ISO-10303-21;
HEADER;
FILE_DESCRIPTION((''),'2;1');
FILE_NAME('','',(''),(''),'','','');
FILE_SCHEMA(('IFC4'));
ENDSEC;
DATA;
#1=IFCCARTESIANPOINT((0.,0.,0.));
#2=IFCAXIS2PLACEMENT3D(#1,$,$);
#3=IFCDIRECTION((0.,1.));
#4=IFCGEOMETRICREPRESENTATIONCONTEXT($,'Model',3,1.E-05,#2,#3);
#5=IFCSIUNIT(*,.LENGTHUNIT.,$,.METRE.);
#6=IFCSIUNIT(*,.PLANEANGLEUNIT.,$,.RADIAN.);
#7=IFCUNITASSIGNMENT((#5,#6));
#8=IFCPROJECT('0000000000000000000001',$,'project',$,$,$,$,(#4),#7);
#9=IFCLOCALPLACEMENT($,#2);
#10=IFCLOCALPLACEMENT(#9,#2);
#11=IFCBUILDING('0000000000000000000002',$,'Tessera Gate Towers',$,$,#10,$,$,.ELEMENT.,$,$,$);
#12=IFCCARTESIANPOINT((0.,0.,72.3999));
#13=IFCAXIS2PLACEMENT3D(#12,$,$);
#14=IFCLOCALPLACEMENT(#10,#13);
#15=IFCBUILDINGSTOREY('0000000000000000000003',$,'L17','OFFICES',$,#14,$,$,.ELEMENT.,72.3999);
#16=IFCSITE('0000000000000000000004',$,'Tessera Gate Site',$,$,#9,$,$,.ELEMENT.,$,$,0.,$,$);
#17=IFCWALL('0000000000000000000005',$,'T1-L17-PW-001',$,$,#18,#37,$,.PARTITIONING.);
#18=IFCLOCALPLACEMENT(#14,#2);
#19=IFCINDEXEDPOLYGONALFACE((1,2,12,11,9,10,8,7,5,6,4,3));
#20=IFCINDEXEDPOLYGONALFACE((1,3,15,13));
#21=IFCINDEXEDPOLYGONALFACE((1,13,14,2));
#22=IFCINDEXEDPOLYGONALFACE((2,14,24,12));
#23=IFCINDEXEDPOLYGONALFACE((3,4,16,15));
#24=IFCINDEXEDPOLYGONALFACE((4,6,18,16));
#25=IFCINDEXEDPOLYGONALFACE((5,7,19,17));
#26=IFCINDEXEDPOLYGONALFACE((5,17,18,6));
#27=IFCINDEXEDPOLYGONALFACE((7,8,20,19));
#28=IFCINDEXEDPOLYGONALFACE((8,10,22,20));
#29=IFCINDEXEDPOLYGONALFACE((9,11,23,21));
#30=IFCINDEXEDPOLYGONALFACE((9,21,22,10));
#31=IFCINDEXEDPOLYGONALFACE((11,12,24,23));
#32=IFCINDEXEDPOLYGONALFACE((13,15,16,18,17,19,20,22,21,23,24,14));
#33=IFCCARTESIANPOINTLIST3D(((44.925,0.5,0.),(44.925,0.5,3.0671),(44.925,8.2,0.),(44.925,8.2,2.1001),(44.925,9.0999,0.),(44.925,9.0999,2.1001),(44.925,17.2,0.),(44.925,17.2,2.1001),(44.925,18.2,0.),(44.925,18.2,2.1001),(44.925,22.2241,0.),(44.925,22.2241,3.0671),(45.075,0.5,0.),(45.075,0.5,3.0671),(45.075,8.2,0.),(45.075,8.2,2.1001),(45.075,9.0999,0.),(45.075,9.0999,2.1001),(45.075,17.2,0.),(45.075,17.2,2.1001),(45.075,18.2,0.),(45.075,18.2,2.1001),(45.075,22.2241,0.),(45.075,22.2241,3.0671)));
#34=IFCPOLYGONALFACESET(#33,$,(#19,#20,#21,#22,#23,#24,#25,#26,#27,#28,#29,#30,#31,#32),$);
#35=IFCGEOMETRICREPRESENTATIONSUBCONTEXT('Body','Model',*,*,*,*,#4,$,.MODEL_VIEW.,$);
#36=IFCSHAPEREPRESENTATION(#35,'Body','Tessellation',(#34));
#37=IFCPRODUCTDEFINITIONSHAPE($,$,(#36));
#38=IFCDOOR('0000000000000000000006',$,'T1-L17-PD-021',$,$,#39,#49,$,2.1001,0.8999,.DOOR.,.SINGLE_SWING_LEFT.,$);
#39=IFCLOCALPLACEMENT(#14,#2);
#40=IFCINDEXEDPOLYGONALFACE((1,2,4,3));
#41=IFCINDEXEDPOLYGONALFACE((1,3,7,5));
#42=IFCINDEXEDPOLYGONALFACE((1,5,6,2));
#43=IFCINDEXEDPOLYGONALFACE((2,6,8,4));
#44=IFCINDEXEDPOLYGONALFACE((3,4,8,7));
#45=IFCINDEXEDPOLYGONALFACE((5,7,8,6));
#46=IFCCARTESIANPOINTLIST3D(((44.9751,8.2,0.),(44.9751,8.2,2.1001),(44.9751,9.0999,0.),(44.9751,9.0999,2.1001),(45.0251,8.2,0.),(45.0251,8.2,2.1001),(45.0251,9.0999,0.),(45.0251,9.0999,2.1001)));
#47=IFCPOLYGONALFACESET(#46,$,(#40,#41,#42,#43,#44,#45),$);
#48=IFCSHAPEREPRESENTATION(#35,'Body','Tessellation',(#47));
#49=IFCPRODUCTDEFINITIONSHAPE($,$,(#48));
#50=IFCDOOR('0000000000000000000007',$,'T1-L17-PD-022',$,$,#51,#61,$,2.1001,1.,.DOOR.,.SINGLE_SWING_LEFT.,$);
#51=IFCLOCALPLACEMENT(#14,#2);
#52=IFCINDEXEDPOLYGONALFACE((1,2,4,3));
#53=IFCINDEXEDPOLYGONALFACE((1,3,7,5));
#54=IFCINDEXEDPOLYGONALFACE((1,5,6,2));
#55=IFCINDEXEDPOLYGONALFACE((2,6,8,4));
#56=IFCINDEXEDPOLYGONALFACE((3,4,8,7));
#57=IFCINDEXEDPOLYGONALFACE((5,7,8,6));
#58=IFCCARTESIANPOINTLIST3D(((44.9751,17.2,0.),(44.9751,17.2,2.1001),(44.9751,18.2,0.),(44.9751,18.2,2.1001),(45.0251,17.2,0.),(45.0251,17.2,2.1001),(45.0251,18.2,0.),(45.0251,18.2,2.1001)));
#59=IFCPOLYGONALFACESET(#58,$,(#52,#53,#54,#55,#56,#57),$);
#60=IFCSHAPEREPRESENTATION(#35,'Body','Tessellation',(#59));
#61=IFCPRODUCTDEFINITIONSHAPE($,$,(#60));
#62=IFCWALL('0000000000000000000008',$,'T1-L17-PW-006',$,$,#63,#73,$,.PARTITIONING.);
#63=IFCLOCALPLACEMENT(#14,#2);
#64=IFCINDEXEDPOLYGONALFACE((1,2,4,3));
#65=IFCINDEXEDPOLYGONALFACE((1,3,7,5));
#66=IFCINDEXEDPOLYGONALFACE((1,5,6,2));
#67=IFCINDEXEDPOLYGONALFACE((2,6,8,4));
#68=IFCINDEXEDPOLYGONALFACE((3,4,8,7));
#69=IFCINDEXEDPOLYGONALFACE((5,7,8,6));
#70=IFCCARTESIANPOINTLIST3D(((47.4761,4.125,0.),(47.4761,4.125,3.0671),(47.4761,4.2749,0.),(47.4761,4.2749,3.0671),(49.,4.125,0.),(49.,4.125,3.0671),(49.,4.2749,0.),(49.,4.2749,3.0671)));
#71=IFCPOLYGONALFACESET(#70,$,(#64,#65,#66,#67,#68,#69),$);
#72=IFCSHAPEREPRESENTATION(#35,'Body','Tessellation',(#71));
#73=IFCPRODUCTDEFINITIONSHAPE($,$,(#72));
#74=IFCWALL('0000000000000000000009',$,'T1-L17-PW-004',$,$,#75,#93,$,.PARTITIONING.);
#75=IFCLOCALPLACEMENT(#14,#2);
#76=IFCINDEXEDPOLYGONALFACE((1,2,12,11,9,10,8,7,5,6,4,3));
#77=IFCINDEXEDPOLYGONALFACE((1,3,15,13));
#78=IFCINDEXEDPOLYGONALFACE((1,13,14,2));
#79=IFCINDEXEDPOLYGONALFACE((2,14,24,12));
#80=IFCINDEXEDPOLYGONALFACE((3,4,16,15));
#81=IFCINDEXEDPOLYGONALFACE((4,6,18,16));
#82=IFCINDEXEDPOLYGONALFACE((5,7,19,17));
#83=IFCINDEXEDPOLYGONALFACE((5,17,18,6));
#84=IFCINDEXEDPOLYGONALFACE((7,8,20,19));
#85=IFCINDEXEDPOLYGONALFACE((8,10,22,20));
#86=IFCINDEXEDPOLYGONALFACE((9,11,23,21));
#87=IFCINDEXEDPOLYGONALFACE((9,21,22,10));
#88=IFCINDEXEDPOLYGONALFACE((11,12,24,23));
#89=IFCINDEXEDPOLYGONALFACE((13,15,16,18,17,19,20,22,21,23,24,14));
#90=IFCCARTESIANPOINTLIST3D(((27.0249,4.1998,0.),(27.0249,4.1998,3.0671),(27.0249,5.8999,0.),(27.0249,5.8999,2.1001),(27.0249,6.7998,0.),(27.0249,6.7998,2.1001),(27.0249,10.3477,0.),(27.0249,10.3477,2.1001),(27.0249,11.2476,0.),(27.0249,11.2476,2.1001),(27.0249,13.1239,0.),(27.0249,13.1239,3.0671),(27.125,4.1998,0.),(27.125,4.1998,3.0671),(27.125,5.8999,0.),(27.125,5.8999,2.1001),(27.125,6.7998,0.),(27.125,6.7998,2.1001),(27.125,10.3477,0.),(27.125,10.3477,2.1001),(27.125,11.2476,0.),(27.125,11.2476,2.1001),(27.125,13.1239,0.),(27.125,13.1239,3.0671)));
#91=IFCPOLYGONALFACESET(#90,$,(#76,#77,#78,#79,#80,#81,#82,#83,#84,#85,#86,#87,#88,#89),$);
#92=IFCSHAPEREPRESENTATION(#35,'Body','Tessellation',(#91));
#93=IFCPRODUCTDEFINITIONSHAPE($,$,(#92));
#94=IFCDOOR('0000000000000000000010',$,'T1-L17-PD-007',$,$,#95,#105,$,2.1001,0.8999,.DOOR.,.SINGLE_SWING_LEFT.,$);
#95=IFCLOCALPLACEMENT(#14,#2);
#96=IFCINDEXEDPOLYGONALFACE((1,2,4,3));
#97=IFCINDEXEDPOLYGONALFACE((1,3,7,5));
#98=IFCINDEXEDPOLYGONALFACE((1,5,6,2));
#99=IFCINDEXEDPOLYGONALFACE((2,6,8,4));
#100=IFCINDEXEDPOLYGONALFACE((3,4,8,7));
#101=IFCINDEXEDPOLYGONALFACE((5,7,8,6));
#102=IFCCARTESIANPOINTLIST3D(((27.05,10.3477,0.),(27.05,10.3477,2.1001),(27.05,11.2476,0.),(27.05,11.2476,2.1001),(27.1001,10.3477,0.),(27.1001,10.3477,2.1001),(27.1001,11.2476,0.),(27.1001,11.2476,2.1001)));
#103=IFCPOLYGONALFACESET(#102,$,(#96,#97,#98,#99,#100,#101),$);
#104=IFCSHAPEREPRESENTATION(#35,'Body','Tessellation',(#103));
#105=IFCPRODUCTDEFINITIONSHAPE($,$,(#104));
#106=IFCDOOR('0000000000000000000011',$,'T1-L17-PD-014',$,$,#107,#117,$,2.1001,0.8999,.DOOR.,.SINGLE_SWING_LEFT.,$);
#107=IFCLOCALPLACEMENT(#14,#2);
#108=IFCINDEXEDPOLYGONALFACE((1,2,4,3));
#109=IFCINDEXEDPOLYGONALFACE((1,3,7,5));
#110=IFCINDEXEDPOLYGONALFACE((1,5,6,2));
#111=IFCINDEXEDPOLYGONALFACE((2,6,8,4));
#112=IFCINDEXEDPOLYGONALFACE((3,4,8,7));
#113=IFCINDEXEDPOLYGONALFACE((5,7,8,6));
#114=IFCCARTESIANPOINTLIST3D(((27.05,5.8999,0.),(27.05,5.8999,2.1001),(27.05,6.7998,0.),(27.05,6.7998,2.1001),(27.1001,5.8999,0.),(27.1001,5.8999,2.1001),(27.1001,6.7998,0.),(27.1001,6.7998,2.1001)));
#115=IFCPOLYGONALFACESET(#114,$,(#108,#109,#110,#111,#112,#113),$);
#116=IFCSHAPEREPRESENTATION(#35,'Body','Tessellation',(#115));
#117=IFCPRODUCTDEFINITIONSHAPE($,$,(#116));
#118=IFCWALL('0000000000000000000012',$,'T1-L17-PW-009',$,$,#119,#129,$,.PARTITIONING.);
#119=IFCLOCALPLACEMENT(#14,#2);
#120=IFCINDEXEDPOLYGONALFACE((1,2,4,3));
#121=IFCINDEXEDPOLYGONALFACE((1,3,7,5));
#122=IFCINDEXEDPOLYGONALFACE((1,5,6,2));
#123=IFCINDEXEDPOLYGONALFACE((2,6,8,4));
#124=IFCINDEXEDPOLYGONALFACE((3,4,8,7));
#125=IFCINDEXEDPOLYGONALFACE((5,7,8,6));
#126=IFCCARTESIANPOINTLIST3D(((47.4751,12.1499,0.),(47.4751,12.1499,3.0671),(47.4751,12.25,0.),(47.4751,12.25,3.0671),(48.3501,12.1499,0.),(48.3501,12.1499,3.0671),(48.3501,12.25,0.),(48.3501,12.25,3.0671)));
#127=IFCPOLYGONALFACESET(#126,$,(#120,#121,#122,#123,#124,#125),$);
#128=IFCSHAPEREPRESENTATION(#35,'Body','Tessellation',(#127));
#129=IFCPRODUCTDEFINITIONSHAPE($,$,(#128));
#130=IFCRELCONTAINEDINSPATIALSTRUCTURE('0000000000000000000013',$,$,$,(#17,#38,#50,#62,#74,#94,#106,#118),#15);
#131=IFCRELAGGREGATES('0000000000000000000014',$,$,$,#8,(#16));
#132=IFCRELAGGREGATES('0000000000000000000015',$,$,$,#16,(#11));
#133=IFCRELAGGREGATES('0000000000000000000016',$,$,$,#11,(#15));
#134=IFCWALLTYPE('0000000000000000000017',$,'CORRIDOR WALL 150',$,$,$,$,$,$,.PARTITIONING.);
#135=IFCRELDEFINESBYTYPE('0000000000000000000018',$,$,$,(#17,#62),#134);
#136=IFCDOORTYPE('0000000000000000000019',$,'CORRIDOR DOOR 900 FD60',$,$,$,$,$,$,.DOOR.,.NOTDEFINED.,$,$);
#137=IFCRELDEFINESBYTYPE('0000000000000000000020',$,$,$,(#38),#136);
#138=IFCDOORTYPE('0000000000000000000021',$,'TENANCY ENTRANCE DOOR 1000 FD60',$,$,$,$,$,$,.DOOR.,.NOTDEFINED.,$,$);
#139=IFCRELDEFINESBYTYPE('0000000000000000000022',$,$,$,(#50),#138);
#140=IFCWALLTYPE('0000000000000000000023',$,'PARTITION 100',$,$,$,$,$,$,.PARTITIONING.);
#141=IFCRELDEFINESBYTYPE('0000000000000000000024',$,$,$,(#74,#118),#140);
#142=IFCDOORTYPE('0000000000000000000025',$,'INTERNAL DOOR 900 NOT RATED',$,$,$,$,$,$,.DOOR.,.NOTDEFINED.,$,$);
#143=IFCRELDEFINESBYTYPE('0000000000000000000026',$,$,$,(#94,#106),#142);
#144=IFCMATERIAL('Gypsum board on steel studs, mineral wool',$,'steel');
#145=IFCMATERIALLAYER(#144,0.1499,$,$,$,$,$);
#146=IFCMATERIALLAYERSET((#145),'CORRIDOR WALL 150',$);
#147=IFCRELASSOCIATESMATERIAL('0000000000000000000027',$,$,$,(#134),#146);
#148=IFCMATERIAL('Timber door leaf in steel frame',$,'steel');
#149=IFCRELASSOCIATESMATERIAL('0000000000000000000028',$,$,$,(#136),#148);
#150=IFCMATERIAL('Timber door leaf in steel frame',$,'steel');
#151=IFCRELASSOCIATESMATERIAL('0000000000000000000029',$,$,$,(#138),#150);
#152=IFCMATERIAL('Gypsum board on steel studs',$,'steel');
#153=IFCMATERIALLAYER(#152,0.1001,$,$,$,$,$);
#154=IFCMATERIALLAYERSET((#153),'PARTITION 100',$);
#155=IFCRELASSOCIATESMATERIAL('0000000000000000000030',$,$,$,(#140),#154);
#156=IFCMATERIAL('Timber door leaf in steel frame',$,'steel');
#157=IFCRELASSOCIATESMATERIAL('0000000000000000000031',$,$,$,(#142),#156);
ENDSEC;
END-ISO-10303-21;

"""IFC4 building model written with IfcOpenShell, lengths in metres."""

from ifc_helpers import new_model, si_unit, direction, frame, frame_2d, origin, place, context, subcontext, project, spatial, rectangle, extrude, source, transform, mapped, material, layer, layer_set, type_object, element, fill, save


model = new_model("IFC4")

# Units and contexts
model_context = context("Model", 3, precision=1e-05, world=origin(), true_north=direction((0.0, 1.0)))
body_context = subcontext(model_context, "Body", "Model", "MODEL_VIEW")
ifc_project = project(units=[si_unit("LENGTHUNIT", "METRE"), si_unit("PLANEANGLEUNIT", "RADIAN")], contexts=[model_context])

# Site, building, storey
site_placement = place(None, origin())
site = spatial("IfcSite", under=ifc_project, at=site_placement, Name="Tessera Gate Site", CompositionType="ELEMENT", RefElevation=0.0)
building_placement = place(site_placement, origin())
building = spatial("IfcBuilding", under=site, at=building_placement, Name="Tessera Gate Towers", CompositionType="ELEMENT")
storey_placement = place(building_placement, frame((0.0, 0.0, 72.3999)))
storey = spatial("IfcBuildingStorey", under=building, at=storey_placement, Name="L17", Description="OFFICES", CompositionType="ELEMENT", Elevation=72.3999)

# Wall, openings, doors
ifc_material_1 = material(Name="Gypsum board on steel studs, mineral wool", Category="steel")
ifc_layer_1 = layer(ifc_material_1, 0.1499)
ifc_layer_set_1 = layer_set([ifc_layer_1], Name="CORRIDOR WALL 150")
wall_type_1 = type_object("IfcWallType", Name="CORRIDOR WALL 150", PredefinedType="PARTITIONING", material=ifc_layer_set_1)
wall_1_placement = place(storey_placement, frame((45.0, 0.5, 0.0), z_axis=(0.0, 0.0, 1.0), x_axis=(0.0, 1.0, 0.0)))
wall_1 = element("IfcWall", 1, at=wall_1_placement, inside=storey, type_object=wall_type_1, Name="T1-L17-PW-001", PredefinedType="PARTITIONING", context=body_context, shape_type="SweptSolid", body=[
    extrude(rectangle(XDim=21.7241, YDim=0.1499, at=frame_2d((10.8621, 0.0))), origin(), (0.0, 0.0, 1.0), 3.0671),
])
shared_shape_1 = source(origin(), body_context, "Body", "SweptSolid", [
    extrude(rectangle(XDim=0.8999, YDim=2.1001, at=frame_2d((0.45, 1.05))), frame((0.0, 0.085, 0.0), z_axis=(0.0, -1.0, 0.0), x_axis=(1.0, 0.0, 0.0)), (0.0, 0.0, 1.0), 0.1699),
])
opening_1_placement = place(wall_1_placement, frame((7.7, 0.0, 0.0)))
opening_1 = element("IfcOpeningElement", 2, at=opening_1_placement, cuts=wall_1, PredefinedType="OPENING", context=body_context, shape_type="MappedRepresentation", body=[
    mapped(shared_shape_1, transform((0.0, 0.0, 0.0), scale=1.0)),
])
shared_shape_2 = source(origin(), body_context, "Body", "SweptSolid", [
    extrude(rectangle(XDim=1.0, YDim=2.1001, at=frame_2d((0.5, 1.05))), frame((0.0, 0.085, 0.0), z_axis=(0.0, -1.0, 0.0), x_axis=(1.0, 0.0, 0.0)), (0.0, 0.0, 1.0), 0.1699),
])
opening_2_placement = place(wall_1_placement, frame((16.7, 0.0, 0.0)))
opening_2 = element("IfcOpeningElement", 3, at=opening_2_placement, cuts=wall_1, PredefinedType="OPENING", context=body_context, shape_type="MappedRepresentation", body=[
    mapped(shared_shape_2, transform((0.0, 0.0, 0.0), scale=1.0)),
])
ifc_material_2 = material(Name="Timber door leaf in steel frame", Category="steel")
door_type_1 = type_object("IfcDoorType", Name="CORRIDOR DOOR 900 FD60", OperationType="NOTDEFINED", PredefinedType="DOOR", material=ifc_material_2)
shared_shape_3 = source(origin(), body_context, "Body", "SweptSolid", [
    extrude(rectangle(XDim=0.8999, YDim=2.1001, at=frame_2d((0.45, 1.05))), frame((0.0, 0.0249, 0.0), z_axis=(0.0, -1.0, 0.0), x_axis=(1.0, 0.0, 0.0)), (0.0, 0.0, 1.0), 0.05),
])
door_1_placement = place(opening_1_placement, origin())
door_1 = element("IfcDoor", 4, at=door_1_placement, inside=storey, type_object=door_type_1, Name="T1-L17-PD-021", OperationType="SINGLE_SWING_LEFT", OverallHeight=2.1001, OverallWidth=0.8999, PredefinedType="DOOR", context=body_context, shape_type="MappedRepresentation", body=[
    mapped(shared_shape_3, transform((0.0, 0.0, 0.0), scale=1.0)),
])
fill(opening_1, door_1)
ifc_material_3 = material(Name="Timber door leaf in steel frame", Category="steel")
door_type_2 = type_object("IfcDoorType", Name="TENANCY ENTRANCE DOOR 1000 FD60", OperationType="NOTDEFINED", PredefinedType="DOOR", material=ifc_material_3)
shared_shape_4 = source(origin(), body_context, "Body", "SweptSolid", [
    extrude(rectangle(XDim=1.0, YDim=2.1001, at=frame_2d((0.5, 1.05))), frame((0.0, 0.0249, 0.0), z_axis=(0.0, -1.0, 0.0), x_axis=(1.0, 0.0, 0.0)), (0.0, 0.0, 1.0), 0.05),
])
door_2_placement = place(opening_2_placement, origin())
door_2 = element("IfcDoor", 5, at=door_2_placement, inside=storey, type_object=door_type_2, Name="T1-L17-PD-022", OperationType="SINGLE_SWING_LEFT", OverallHeight=2.1001, OverallWidth=1.0, PredefinedType="DOOR", context=body_context, shape_type="MappedRepresentation", body=[
    mapped(shared_shape_4, transform((0.0, 0.0, 0.0), scale=1.0)),
])
fill(opening_2, door_2)

# Wall
wall_2_placement = place(storey_placement, frame((47.4761, 4.2, 0.0), z_axis=(0.0, 0.0, 1.0), x_axis=(1.0, 0.0, 0.0)))
element("IfcWall", 6, at=wall_2_placement, inside=storey, type_object=wall_type_1, Name="T1-L17-PW-006", PredefinedType="PARTITIONING", context=body_context, shape_type="SweptSolid", body=[
    extrude(rectangle(XDim=1.5239, YDim=0.1499, at=frame_2d((0.762, 0.0))), origin(), (0.0, 0.0, 1.0), 3.0671),
])

# Wall, openings, doors
ifc_material_4 = material(Name="Gypsum board on steel studs", Category="steel")
ifc_layer_2 = layer(ifc_material_4, 0.1001)
ifc_layer_set_2 = layer_set([ifc_layer_2], Name="PARTITION 100")
wall_type_2 = type_object("IfcWallType", Name="PARTITION 100", PredefinedType="PARTITIONING", material=ifc_layer_set_2)
wall_3_placement = place(storey_placement, frame((27.075, 4.2, 0.0), z_axis=(0.0, 0.0, 1.0), x_axis=(0.0, 1.0, 0.0)))
wall_3 = element("IfcWall", 7, at=wall_3_placement, inside=storey, type_object=wall_type_2, Name="T1-L17-PW-004", PredefinedType="PARTITIONING", context=body_context, shape_type="SweptSolid", body=[
    extrude(rectangle(XDim=8.9241, YDim=0.1001, at=frame_2d((4.4619, 0.0))), origin(), (0.0, 0.0, 1.0), 3.0671),
])
shared_shape_5 = source(origin(), body_context, "Body", "SweptSolid", [
    extrude(rectangle(XDim=0.8999, YDim=2.1001, at=frame_2d((0.45, 1.05))), frame((0.0, 0.0601, 0.0), z_axis=(0.0, -1.0, 0.0), x_axis=(1.0, 0.0, 0.0)), (0.0, 0.0, 1.0), 0.1201),
])
opening_3_placement = place(wall_3_placement, frame((6.1477, 0.0, 0.0)))
opening_3 = element("IfcOpeningElement", 8, at=opening_3_placement, cuts=wall_3, PredefinedType="OPENING", context=body_context, shape_type="MappedRepresentation", body=[
    mapped(shared_shape_5, transform((0.0, 0.0, 0.0), scale=1.0)),
])
opening_4_placement = place(wall_3_placement, frame((1.7, 0.0, 0.0)))
opening_4 = element("IfcOpeningElement", 9, at=opening_4_placement, cuts=wall_3, PredefinedType="OPENING", context=body_context, shape_type="MappedRepresentation", body=[
    mapped(shared_shape_5, transform((0.0, 0.0, 0.0), scale=1.0)),
])
ifc_material_5 = material(Name="Timber door leaf in steel frame", Category="steel")
door_type_3 = type_object("IfcDoorType", Name="INTERNAL DOOR 900 NOT RATED", OperationType="NOTDEFINED", PredefinedType="DOOR", material=ifc_material_5)
door_3_placement = place(opening_3_placement, origin())
door_3 = element("IfcDoor", 10, at=door_3_placement, inside=storey, type_object=door_type_3, Name="T1-L17-PD-007", OperationType="SINGLE_SWING_LEFT", OverallHeight=2.1001, OverallWidth=0.8999, PredefinedType="DOOR", context=body_context, shape_type="MappedRepresentation", body=[
    mapped(shared_shape_3, transform((0.0, 0.0, 0.0), scale=1.0)),
])
fill(opening_3, door_3)
door_4_placement = place(opening_4_placement, origin())
door_4 = element("IfcDoor", 11, at=door_4_placement, inside=storey, type_object=door_type_3, Name="T1-L17-PD-014", OperationType="SINGLE_SWING_LEFT", OverallHeight=2.1001, OverallWidth=0.8999, PredefinedType="DOOR", context=body_context, shape_type="MappedRepresentation", body=[
    mapped(shared_shape_3, transform((0.0, 0.0, 0.0), scale=1.0)),
])
fill(opening_4, door_4)

# Wall
wall_4_placement = place(storey_placement, frame((48.3501, 12.2, 0.0), z_axis=(0.0, 0.0, 1.0), x_axis=(-1.0, 0.0, 0.0)))
element("IfcWall", 12, at=wall_4_placement, inside=storey, type_object=wall_type_2, Name="T1-L17-PW-009", PredefinedType="PARTITIONING", context=body_context, shape_type="SweptSolid", body=[
    extrude(rectangle(XDim=0.875, YDim=0.1001, at=frame_2d((0.4375, 0.0))), origin(), (0.0, 0.0, 1.0), 3.0671),
])

save(model, "model.ifc")
